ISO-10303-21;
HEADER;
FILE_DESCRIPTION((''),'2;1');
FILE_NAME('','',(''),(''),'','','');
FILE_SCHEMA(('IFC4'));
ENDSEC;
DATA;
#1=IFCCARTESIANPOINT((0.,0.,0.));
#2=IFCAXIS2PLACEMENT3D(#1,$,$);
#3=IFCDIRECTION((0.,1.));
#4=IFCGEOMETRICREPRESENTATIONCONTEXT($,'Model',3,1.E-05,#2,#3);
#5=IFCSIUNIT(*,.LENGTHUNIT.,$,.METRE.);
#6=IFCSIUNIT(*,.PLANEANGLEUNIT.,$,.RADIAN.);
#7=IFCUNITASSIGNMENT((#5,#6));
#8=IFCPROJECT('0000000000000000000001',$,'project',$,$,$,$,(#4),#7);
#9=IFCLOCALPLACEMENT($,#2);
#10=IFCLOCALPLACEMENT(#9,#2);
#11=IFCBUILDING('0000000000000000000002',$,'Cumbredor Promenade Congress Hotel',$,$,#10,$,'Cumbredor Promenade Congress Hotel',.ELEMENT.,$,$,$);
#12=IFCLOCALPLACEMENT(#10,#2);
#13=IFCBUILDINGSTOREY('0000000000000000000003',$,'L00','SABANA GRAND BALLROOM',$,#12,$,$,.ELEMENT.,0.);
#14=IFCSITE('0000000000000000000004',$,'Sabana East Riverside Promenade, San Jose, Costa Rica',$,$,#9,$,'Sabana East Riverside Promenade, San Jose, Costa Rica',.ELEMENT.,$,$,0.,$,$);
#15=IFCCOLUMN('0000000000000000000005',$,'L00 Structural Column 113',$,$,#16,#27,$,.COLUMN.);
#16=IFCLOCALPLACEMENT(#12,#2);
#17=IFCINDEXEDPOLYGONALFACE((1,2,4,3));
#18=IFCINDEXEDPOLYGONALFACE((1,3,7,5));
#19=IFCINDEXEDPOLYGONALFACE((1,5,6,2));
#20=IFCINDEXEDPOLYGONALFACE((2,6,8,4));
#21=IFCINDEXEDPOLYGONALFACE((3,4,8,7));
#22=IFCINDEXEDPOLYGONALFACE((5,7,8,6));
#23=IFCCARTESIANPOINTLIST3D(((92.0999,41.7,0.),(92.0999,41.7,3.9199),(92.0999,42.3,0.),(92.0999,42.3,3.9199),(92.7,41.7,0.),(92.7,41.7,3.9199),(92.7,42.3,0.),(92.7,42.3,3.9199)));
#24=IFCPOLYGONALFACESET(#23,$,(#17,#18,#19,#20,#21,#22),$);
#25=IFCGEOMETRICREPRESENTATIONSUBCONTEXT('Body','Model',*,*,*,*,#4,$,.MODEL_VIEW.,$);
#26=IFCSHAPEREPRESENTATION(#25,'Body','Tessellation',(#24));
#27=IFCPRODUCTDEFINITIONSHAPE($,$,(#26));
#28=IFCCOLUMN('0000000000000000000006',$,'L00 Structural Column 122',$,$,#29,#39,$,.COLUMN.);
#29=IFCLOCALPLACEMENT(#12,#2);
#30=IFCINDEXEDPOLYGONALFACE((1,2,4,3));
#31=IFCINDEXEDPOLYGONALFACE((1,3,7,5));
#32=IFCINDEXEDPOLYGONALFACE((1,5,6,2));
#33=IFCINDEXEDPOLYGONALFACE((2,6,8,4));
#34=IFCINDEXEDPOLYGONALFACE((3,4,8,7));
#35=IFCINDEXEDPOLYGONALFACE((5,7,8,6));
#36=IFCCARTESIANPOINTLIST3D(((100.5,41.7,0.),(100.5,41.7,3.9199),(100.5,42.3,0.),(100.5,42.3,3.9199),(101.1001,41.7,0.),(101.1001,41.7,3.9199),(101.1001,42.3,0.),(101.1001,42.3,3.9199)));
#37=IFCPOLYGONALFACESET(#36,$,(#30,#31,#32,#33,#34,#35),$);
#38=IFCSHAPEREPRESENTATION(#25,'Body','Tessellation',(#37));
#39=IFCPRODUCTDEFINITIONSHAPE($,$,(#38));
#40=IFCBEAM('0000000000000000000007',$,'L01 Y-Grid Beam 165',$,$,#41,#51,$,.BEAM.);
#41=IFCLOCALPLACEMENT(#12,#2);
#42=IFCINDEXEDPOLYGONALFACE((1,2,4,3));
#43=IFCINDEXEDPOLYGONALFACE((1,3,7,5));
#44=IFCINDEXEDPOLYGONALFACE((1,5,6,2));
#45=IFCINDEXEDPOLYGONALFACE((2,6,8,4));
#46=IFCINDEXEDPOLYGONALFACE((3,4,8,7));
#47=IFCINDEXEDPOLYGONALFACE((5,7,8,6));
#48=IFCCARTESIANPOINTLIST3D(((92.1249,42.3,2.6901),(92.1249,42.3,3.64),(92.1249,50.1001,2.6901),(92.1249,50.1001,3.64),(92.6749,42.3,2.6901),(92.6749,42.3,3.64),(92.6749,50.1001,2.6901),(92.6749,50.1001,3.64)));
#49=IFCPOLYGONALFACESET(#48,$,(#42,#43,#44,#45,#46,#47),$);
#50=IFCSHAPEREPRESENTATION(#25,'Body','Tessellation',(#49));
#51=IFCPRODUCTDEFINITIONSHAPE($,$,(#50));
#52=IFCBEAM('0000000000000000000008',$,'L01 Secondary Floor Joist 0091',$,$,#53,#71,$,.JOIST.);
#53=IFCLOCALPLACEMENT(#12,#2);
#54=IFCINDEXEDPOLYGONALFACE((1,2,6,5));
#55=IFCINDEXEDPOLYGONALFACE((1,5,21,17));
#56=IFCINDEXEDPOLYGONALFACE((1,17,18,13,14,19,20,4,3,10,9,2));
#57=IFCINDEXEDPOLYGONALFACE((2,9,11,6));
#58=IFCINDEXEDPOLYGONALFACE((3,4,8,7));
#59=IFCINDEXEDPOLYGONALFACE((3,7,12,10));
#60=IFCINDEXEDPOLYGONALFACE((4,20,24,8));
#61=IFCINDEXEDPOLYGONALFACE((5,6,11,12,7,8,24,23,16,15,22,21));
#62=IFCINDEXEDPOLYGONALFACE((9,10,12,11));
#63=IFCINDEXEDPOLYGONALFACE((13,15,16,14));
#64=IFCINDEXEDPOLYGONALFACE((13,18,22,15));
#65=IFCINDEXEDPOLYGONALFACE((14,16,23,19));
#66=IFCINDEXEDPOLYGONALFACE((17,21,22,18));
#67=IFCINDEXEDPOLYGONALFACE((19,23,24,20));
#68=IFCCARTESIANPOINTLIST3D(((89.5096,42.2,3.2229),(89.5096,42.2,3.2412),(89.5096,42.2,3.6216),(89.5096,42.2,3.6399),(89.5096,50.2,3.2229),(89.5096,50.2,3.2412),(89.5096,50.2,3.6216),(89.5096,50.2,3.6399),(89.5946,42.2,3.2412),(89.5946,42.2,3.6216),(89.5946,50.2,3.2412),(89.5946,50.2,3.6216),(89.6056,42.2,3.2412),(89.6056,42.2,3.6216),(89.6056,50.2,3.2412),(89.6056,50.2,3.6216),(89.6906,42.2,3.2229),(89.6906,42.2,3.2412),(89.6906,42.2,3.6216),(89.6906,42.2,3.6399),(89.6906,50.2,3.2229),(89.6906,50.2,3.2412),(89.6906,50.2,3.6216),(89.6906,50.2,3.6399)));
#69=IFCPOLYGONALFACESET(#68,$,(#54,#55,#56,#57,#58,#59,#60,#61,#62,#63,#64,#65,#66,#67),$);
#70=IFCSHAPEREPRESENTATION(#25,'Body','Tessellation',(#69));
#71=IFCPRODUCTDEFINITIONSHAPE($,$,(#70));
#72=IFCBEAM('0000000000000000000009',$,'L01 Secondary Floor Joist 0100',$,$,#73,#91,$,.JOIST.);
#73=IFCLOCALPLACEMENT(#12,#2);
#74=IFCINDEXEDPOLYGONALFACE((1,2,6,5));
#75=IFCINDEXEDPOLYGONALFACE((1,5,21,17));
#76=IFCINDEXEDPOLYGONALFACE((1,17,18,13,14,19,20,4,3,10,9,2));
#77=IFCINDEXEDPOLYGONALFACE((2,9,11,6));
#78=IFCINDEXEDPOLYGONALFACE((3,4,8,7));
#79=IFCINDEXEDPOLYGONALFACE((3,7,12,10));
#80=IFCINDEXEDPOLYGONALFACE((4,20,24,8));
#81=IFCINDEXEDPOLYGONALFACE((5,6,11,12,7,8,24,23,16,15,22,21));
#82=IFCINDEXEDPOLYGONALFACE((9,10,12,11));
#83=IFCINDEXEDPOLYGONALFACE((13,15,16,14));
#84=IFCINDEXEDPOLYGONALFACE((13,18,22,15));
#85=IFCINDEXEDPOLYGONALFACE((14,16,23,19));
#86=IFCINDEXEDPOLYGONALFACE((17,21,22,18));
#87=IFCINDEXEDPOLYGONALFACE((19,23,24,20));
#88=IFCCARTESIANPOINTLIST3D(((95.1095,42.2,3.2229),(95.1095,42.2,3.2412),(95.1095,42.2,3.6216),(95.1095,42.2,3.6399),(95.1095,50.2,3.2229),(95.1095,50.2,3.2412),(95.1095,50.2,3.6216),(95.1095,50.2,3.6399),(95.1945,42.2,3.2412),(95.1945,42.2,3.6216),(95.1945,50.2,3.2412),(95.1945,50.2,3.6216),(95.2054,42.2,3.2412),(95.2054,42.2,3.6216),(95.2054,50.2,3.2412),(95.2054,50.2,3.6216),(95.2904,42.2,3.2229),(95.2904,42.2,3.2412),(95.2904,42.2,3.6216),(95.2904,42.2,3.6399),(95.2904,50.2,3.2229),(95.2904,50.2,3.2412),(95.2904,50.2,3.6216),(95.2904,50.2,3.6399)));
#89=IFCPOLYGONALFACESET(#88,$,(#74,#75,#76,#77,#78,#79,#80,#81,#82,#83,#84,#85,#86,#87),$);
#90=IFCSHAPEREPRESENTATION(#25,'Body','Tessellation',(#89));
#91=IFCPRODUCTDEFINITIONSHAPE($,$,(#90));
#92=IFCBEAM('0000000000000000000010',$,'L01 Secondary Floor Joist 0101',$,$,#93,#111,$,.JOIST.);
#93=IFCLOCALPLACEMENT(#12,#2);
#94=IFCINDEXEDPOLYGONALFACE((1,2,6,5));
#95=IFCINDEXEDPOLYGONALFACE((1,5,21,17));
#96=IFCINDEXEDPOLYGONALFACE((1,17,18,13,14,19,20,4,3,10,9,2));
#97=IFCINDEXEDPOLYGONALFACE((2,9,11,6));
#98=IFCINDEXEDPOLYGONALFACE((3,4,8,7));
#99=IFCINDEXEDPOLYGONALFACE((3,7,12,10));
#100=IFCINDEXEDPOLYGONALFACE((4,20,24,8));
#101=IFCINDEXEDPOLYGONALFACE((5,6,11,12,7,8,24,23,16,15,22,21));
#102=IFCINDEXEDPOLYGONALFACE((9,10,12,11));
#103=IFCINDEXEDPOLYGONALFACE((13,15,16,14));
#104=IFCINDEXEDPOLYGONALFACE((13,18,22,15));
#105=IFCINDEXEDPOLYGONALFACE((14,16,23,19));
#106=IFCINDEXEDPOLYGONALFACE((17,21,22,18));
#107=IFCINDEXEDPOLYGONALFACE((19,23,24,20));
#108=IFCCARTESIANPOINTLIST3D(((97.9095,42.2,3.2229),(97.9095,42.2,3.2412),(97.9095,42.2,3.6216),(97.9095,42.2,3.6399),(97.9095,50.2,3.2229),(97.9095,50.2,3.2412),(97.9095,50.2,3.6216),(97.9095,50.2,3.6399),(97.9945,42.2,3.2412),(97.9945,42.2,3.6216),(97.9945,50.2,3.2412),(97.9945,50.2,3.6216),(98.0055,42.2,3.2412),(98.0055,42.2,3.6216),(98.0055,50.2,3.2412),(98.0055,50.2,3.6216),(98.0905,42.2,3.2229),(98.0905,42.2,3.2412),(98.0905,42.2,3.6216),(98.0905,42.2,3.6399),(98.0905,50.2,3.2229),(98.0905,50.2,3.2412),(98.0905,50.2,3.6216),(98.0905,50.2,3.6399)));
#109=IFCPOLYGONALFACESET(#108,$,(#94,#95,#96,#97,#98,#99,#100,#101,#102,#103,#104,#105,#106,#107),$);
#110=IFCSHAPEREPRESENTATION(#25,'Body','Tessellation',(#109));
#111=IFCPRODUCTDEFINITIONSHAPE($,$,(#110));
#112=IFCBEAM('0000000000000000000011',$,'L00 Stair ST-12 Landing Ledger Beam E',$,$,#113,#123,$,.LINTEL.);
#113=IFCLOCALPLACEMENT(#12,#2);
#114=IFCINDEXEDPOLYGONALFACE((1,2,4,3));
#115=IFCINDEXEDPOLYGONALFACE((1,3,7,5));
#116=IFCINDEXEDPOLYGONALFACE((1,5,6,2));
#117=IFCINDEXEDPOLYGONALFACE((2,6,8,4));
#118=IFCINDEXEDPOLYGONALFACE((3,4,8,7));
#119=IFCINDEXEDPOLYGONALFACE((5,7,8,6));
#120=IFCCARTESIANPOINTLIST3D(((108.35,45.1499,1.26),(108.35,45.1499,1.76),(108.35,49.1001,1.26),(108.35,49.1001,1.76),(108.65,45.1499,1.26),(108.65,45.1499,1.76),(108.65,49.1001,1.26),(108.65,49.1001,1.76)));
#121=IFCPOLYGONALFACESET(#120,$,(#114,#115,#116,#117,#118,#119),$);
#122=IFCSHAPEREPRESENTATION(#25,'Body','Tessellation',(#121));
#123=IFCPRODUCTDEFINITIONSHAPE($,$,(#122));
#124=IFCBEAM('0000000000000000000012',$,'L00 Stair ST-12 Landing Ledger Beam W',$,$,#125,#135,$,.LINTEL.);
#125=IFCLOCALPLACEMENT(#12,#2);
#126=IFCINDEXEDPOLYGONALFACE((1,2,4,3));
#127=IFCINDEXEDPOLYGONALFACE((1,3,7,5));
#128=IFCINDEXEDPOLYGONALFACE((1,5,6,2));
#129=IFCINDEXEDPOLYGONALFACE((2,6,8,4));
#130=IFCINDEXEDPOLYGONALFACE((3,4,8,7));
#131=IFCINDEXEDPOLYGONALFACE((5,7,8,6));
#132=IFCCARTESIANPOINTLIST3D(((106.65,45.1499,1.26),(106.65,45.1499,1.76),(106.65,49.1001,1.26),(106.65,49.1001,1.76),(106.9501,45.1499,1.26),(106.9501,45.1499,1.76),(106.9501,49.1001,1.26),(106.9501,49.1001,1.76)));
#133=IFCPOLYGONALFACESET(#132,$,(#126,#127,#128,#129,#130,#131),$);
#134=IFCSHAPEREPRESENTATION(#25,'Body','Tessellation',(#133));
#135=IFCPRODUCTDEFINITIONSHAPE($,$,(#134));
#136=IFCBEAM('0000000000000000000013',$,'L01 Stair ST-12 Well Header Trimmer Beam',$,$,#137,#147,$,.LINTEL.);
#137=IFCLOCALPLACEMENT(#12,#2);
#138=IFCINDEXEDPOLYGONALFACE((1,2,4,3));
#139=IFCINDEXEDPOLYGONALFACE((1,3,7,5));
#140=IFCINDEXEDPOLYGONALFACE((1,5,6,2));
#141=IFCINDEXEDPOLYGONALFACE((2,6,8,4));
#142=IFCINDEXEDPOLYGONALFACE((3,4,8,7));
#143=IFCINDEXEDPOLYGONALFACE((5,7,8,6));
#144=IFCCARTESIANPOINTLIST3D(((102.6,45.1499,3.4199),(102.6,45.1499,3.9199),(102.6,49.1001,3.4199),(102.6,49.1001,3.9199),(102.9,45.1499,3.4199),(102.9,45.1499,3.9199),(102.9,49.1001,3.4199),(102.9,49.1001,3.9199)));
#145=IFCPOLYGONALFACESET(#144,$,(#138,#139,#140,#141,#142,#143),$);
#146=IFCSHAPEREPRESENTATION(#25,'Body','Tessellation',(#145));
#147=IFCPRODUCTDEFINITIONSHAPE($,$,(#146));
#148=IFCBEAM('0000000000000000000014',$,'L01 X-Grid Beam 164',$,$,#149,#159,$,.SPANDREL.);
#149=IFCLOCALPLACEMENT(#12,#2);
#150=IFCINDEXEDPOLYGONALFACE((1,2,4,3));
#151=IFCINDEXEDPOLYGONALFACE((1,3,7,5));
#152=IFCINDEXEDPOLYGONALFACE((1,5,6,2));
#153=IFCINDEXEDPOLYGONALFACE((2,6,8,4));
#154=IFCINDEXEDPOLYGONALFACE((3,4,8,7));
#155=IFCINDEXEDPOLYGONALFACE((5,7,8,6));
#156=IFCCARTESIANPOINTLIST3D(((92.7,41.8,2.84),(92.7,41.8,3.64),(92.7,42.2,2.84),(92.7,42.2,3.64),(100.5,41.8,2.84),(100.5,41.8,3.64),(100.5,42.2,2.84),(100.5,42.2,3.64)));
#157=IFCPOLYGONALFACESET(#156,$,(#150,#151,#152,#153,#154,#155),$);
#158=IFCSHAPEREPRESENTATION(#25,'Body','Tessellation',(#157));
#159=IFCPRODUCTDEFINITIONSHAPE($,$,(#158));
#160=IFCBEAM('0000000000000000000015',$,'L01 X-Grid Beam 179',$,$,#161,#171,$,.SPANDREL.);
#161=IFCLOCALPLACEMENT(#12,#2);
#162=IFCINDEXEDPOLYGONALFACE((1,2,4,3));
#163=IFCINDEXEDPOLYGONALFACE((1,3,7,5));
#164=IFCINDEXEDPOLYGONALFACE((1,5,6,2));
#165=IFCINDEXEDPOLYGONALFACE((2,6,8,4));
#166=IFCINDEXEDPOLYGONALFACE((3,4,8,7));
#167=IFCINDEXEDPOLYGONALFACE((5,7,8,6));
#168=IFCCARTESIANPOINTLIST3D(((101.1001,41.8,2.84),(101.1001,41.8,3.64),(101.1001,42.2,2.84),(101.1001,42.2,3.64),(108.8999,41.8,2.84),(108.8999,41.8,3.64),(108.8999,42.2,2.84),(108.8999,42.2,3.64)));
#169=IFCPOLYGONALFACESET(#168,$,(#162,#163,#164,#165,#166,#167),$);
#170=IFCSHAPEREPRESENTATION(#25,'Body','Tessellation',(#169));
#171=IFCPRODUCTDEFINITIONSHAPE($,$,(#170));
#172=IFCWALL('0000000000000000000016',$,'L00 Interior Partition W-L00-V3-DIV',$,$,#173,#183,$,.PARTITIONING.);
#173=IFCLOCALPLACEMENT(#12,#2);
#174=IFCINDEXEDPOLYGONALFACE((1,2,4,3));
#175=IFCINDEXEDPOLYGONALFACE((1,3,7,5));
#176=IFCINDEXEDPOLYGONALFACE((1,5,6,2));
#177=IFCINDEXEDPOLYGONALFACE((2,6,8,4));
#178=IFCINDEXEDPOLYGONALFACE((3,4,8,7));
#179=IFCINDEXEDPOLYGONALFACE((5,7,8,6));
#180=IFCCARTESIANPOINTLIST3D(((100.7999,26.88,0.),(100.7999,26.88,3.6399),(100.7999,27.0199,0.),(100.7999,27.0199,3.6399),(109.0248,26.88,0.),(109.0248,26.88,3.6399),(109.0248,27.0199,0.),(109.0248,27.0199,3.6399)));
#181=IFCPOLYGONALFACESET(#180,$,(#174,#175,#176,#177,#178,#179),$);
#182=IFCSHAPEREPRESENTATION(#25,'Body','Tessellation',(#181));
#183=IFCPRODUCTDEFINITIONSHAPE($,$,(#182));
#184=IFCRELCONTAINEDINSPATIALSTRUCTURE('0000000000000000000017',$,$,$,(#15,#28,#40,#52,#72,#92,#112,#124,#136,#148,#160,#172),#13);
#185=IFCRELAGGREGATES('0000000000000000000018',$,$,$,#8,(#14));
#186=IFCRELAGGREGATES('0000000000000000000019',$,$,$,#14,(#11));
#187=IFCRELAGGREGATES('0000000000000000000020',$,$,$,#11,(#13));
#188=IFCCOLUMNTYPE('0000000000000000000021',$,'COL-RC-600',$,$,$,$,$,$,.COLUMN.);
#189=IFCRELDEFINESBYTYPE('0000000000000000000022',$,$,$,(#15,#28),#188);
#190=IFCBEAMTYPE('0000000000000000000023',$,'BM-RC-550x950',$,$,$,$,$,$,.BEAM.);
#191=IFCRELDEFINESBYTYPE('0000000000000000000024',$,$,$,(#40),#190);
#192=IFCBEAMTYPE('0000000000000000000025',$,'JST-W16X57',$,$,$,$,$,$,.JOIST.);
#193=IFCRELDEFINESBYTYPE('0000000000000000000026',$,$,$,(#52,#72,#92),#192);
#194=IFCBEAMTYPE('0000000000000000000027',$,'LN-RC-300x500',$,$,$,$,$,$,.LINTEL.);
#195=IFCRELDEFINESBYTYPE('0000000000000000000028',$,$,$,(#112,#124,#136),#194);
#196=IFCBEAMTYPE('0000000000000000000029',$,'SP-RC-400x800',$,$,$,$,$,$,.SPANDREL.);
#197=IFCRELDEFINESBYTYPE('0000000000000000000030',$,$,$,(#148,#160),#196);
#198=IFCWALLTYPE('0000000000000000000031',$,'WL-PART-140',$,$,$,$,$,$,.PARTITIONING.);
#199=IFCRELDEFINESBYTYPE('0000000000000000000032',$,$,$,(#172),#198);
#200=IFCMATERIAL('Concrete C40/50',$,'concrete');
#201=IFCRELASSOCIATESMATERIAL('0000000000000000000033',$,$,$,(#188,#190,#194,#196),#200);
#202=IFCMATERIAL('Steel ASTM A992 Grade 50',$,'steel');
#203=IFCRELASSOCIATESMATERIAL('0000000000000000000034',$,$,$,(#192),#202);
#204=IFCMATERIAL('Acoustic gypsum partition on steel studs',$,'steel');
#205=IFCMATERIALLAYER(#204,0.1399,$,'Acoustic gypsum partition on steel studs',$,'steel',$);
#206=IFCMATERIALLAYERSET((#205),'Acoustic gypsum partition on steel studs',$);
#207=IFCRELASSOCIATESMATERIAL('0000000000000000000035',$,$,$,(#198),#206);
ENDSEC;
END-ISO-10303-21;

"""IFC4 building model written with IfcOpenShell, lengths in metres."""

from ifc_helpers import new_model, si_unit, direction, frame, frame_2d, origin, origin_2d, place, context, subcontext, project, spatial, rectangle, i_section, extrude, material, layer, layer_set, material_profile, profile_set, type_object, element, save


model = new_model("IFC4")

# Units and contexts
model_context = context("Model", 3, precision=1e-05, world=origin(), true_north=direction((0.0, 1.0)))
body_context = subcontext(model_context, "Body", "Model", "MODEL_VIEW")
ifc_project = project(units=[si_unit("LENGTHUNIT", "METRE"), si_unit("PLANEANGLEUNIT", "RADIAN")], contexts=[model_context])

# Site, building, storey
site_placement = place(None, origin())
site = spatial("IfcSite", under=ifc_project, at=site_placement, Name="Sabana East Riverside Promenade, San Jose, Costa Rica", LongName="Sabana East Riverside Promenade, San Jose, Costa Rica", CompositionType="ELEMENT", RefElevation=0.0)
building_placement = place(site_placement, origin())
building = spatial("IfcBuilding", under=site, at=building_placement, Name="Cumbredor Promenade Congress Hotel", LongName="Cumbredor Promenade Congress Hotel", CompositionType="ELEMENT")
storey_placement = place(building_placement, origin())
storey = spatial("IfcBuildingStorey", under=building, at=storey_placement, Name="L00", Description="SABANA GRAND BALLROOM", CompositionType="ELEMENT", Elevation=0.0)

# Columns
ifc_material_1 = material(Name="Concrete C40/50", Category="concrete")
ifc_material_profile_1 = material_profile(ifc_material_1, rectangle(XDim=0.6001, YDim=0.6001, at=origin_2d()), Name="RC 600x600")
ifc_profile_set_1 = profile_set([ifc_material_profile_1], Name="Concrete C40/50")
column_type = type_object("IfcColumnType", Name="COL-RC-600", PredefinedType="COLUMN", material=ifc_profile_set_1)
for number, where, z_axis, x_axis, name in (
    (1, (92.3999, 42.0, 0.0), (0.0, 0.0, 1.0), (1.0, 0.0, 0.0), "L00 Structural Column 113"),
    (2, (100.8, 42.0, 0.0), (0.0, 0.0, 1.0), (1.0, 0.0, 0.0), "L00 Structural Column 122"),
):
    element("IfcColumn", number, at=place(storey_placement, frame(where, z_axis=z_axis, x_axis=x_axis)), inside=storey, type_object=column_type, Name=name, PredefinedType="COLUMN", context=body_context, shape_type="SweptSolid", body=[
        extrude(rectangle(XDim=0.6001, YDim=0.6001, at=origin_2d()), origin(), (0.0, 0.0, 1.0), 3.9199),
    ])

# Beams
ifc_material_profile_2 = material_profile(ifc_material_1, rectangle(XDim=0.55, YDim=0.95, at=origin_2d()), Name="RC BEAM 550x950")
ifc_profile_set_2 = profile_set([ifc_material_profile_2], Name="Concrete C40/50")
beam_type_1 = type_object("IfcBeamType", Name="BM-RC-550x950", PredefinedType="BEAM", material=ifc_profile_set_2)
beam_1_placement = place(storey_placement, frame((92.3999, 42.3, 3.165), z_axis=(0.0, 1.0, 0.0), x_axis=(-1.0, 0.0, 0.0)))
element("IfcBeam", 3, at=beam_1_placement, inside=storey, type_object=beam_type_1, Name="L01 Y-Grid Beam 165", PredefinedType="BEAM", context=body_context, shape_type="SweptSolid", body=[
    extrude(rectangle(XDim=0.55, YDim=0.95, at=origin_2d()), origin(), (0.0, 0.0, 1.0), 7.8),
])
ifc_material_2 = material(Name="Steel ASTM A992 Grade 50", Category="steel")
ifc_material_profile_3 = material_profile(ifc_material_2, i_section(OverallWidth=0.1809, OverallDepth=0.417, WebThickness=0.011, FlangeThickness=0.0183, at=origin_2d()), Name="W16X57")
ifc_profile_set_3 = profile_set([ifc_material_profile_3], Name="Steel ASTM A992 Grade 50")
beam_type_2 = type_object("IfcBeamType", Name="JST-W16X57", PredefinedType="JOIST", material=ifc_profile_set_3)
for number, where, z_axis, x_axis, name in (
    (4, (89.6001, 42.2, 3.4314), (0.0, 1.0, 0.0), (-1.0, 0.0, 0.0), "L01 Secondary Floor Joist 0091"),
    (5, (95.2, 42.2, 3.4314), (0.0, 1.0, 0.0), (-1.0, 0.0, 0.0), "L01 Secondary Floor Joist 0100"),
    (6, (98.0, 42.2, 3.4314), (0.0, 1.0, 0.0), (-1.0, 0.0, 0.0), "L01 Secondary Floor Joist 0101"),
):
    element("IfcBeam", number, at=place(storey_placement, frame(where, z_axis=z_axis, x_axis=x_axis)), inside=storey, type_object=beam_type_2, Name=name, PredefinedType="JOIST", context=body_context, shape_type="SweptSolid", body=[
        extrude(i_section(OverallWidth=0.1809, OverallDepth=0.417, WebThickness=0.011, FlangeThickness=0.0183, at=origin_2d()), origin(), (0.0, 0.0, 1.0), 8.0),
    ])
ifc_material_profile_4 = material_profile(ifc_material_1, rectangle(XDim=0.3, YDim=0.5, at=origin_2d()), Name="RC LINTEL 300x500")
ifc_profile_set_4 = profile_set([ifc_material_profile_4], Name="Concrete C40/50")
beam_type_3 = type_object("IfcBeamType", Name="LN-RC-300x500", PredefinedType="LINTEL", material=ifc_profile_set_4)
for number, where, z_axis, x_axis, name in (
    (7, (108.5, 45.1499, 1.51), (0.0, 1.0, 0.0), (-1.0, 0.0, 0.0), "L00 Stair ST-12 Landing Ledger Beam E"),
    (8, (106.8, 45.1499, 1.51), (0.0, 1.0, 0.0), (-1.0, 0.0, 0.0), "L00 Stair ST-12 Landing Ledger Beam W"),
    (9, (102.75, 45.1499, 3.6699), (0.0, 1.0, 0.0), (-1.0, 0.0, 0.0), "L01 Stair ST-12 Well Header Trimmer Beam"),
):
    element("IfcBeam", number, at=place(storey_placement, frame(where, z_axis=z_axis, x_axis=x_axis)), inside=storey, type_object=beam_type_3, Name=name, PredefinedType="LINTEL", context=body_context, shape_type="SweptSolid", body=[
        extrude(rectangle(XDim=0.3, YDim=0.5, at=origin_2d()), origin(), (0.0, 0.0, 1.0), 3.9502),
    ])
ifc_material_profile_5 = material_profile(ifc_material_1, rectangle(XDim=0.3999, YDim=0.8, at=origin_2d()), Name="RC SPANDREL 400x800")
ifc_profile_set_5 = profile_set([ifc_material_profile_5], Name="Concrete C40/50")
beam_type_4 = type_object("IfcBeamType", Name="SP-RC-400x800", PredefinedType="SPANDREL", material=ifc_profile_set_5)
beam_2_placement = place(storey_placement, frame((92.7, 42.0, 3.24), z_axis=(1.0, 0.0, 0.0), x_axis=(0.0, 1.0, 0.0)))
element("IfcBeam", 10, at=beam_2_placement, inside=storey, type_object=beam_type_4, Name="L01 X-Grid Beam 164", PredefinedType="SPANDREL", context=body_context, shape_type="SweptSolid", body=[
    extrude(rectangle(XDim=0.3999, YDim=0.8, at=origin_2d()), origin(), (0.0, 0.0, 1.0), 7.8),
])
beam_3_placement = place(storey_placement, frame((101.1001, 42.0, 3.24), z_axis=(1.0, 0.0, 0.0), x_axis=(0.0, 1.0, 0.0)))
element("IfcBeam", 11, at=beam_3_placement, inside=storey, type_object=beam_type_4, Name="L01 X-Grid Beam 179", PredefinedType="SPANDREL", context=body_context, shape_type="SweptSolid", body=[
    extrude(rectangle(XDim=0.3999, YDim=0.8, at=origin_2d()), origin(), (0.0, 0.0, 1.0), 7.7998),
])

# Wall
ifc_material_3 = material(Name="Acoustic gypsum partition on steel studs", Category="steel")
ifc_layer_1 = layer(ifc_material_3, 0.1399, Name="Acoustic gypsum partition on steel studs", Category="steel")
ifc_layer_set_1 = layer_set([ifc_layer_1], Name="Acoustic gypsum partition on steel studs")
wall_type_1 = type_object("IfcWallType", Name="WL-PART-140", PredefinedType="PARTITIONING", material=ifc_layer_set_1)
wall_1_placement = place(storey_placement, frame((100.8, 26.95, 0.0), z_axis=(0.0, 0.0, 1.0), x_axis=(1.0, 0.0, 0.0)))
element("IfcWall", 12, at=wall_1_placement, inside=storey, type_object=wall_type_1, Name="L00 Interior Partition W-L00-V3-DIV", PredefinedType="PARTITIONING", context=body_context, shape_type="SweptSolid", body=[
    extrude(rectangle(XDim=8.2249, YDim=0.1399, at=frame_2d((4.1123, 0.0))), origin(), (0.0, 0.0, 1.0), 3.6399),
])

save(model, "model.ifc")
